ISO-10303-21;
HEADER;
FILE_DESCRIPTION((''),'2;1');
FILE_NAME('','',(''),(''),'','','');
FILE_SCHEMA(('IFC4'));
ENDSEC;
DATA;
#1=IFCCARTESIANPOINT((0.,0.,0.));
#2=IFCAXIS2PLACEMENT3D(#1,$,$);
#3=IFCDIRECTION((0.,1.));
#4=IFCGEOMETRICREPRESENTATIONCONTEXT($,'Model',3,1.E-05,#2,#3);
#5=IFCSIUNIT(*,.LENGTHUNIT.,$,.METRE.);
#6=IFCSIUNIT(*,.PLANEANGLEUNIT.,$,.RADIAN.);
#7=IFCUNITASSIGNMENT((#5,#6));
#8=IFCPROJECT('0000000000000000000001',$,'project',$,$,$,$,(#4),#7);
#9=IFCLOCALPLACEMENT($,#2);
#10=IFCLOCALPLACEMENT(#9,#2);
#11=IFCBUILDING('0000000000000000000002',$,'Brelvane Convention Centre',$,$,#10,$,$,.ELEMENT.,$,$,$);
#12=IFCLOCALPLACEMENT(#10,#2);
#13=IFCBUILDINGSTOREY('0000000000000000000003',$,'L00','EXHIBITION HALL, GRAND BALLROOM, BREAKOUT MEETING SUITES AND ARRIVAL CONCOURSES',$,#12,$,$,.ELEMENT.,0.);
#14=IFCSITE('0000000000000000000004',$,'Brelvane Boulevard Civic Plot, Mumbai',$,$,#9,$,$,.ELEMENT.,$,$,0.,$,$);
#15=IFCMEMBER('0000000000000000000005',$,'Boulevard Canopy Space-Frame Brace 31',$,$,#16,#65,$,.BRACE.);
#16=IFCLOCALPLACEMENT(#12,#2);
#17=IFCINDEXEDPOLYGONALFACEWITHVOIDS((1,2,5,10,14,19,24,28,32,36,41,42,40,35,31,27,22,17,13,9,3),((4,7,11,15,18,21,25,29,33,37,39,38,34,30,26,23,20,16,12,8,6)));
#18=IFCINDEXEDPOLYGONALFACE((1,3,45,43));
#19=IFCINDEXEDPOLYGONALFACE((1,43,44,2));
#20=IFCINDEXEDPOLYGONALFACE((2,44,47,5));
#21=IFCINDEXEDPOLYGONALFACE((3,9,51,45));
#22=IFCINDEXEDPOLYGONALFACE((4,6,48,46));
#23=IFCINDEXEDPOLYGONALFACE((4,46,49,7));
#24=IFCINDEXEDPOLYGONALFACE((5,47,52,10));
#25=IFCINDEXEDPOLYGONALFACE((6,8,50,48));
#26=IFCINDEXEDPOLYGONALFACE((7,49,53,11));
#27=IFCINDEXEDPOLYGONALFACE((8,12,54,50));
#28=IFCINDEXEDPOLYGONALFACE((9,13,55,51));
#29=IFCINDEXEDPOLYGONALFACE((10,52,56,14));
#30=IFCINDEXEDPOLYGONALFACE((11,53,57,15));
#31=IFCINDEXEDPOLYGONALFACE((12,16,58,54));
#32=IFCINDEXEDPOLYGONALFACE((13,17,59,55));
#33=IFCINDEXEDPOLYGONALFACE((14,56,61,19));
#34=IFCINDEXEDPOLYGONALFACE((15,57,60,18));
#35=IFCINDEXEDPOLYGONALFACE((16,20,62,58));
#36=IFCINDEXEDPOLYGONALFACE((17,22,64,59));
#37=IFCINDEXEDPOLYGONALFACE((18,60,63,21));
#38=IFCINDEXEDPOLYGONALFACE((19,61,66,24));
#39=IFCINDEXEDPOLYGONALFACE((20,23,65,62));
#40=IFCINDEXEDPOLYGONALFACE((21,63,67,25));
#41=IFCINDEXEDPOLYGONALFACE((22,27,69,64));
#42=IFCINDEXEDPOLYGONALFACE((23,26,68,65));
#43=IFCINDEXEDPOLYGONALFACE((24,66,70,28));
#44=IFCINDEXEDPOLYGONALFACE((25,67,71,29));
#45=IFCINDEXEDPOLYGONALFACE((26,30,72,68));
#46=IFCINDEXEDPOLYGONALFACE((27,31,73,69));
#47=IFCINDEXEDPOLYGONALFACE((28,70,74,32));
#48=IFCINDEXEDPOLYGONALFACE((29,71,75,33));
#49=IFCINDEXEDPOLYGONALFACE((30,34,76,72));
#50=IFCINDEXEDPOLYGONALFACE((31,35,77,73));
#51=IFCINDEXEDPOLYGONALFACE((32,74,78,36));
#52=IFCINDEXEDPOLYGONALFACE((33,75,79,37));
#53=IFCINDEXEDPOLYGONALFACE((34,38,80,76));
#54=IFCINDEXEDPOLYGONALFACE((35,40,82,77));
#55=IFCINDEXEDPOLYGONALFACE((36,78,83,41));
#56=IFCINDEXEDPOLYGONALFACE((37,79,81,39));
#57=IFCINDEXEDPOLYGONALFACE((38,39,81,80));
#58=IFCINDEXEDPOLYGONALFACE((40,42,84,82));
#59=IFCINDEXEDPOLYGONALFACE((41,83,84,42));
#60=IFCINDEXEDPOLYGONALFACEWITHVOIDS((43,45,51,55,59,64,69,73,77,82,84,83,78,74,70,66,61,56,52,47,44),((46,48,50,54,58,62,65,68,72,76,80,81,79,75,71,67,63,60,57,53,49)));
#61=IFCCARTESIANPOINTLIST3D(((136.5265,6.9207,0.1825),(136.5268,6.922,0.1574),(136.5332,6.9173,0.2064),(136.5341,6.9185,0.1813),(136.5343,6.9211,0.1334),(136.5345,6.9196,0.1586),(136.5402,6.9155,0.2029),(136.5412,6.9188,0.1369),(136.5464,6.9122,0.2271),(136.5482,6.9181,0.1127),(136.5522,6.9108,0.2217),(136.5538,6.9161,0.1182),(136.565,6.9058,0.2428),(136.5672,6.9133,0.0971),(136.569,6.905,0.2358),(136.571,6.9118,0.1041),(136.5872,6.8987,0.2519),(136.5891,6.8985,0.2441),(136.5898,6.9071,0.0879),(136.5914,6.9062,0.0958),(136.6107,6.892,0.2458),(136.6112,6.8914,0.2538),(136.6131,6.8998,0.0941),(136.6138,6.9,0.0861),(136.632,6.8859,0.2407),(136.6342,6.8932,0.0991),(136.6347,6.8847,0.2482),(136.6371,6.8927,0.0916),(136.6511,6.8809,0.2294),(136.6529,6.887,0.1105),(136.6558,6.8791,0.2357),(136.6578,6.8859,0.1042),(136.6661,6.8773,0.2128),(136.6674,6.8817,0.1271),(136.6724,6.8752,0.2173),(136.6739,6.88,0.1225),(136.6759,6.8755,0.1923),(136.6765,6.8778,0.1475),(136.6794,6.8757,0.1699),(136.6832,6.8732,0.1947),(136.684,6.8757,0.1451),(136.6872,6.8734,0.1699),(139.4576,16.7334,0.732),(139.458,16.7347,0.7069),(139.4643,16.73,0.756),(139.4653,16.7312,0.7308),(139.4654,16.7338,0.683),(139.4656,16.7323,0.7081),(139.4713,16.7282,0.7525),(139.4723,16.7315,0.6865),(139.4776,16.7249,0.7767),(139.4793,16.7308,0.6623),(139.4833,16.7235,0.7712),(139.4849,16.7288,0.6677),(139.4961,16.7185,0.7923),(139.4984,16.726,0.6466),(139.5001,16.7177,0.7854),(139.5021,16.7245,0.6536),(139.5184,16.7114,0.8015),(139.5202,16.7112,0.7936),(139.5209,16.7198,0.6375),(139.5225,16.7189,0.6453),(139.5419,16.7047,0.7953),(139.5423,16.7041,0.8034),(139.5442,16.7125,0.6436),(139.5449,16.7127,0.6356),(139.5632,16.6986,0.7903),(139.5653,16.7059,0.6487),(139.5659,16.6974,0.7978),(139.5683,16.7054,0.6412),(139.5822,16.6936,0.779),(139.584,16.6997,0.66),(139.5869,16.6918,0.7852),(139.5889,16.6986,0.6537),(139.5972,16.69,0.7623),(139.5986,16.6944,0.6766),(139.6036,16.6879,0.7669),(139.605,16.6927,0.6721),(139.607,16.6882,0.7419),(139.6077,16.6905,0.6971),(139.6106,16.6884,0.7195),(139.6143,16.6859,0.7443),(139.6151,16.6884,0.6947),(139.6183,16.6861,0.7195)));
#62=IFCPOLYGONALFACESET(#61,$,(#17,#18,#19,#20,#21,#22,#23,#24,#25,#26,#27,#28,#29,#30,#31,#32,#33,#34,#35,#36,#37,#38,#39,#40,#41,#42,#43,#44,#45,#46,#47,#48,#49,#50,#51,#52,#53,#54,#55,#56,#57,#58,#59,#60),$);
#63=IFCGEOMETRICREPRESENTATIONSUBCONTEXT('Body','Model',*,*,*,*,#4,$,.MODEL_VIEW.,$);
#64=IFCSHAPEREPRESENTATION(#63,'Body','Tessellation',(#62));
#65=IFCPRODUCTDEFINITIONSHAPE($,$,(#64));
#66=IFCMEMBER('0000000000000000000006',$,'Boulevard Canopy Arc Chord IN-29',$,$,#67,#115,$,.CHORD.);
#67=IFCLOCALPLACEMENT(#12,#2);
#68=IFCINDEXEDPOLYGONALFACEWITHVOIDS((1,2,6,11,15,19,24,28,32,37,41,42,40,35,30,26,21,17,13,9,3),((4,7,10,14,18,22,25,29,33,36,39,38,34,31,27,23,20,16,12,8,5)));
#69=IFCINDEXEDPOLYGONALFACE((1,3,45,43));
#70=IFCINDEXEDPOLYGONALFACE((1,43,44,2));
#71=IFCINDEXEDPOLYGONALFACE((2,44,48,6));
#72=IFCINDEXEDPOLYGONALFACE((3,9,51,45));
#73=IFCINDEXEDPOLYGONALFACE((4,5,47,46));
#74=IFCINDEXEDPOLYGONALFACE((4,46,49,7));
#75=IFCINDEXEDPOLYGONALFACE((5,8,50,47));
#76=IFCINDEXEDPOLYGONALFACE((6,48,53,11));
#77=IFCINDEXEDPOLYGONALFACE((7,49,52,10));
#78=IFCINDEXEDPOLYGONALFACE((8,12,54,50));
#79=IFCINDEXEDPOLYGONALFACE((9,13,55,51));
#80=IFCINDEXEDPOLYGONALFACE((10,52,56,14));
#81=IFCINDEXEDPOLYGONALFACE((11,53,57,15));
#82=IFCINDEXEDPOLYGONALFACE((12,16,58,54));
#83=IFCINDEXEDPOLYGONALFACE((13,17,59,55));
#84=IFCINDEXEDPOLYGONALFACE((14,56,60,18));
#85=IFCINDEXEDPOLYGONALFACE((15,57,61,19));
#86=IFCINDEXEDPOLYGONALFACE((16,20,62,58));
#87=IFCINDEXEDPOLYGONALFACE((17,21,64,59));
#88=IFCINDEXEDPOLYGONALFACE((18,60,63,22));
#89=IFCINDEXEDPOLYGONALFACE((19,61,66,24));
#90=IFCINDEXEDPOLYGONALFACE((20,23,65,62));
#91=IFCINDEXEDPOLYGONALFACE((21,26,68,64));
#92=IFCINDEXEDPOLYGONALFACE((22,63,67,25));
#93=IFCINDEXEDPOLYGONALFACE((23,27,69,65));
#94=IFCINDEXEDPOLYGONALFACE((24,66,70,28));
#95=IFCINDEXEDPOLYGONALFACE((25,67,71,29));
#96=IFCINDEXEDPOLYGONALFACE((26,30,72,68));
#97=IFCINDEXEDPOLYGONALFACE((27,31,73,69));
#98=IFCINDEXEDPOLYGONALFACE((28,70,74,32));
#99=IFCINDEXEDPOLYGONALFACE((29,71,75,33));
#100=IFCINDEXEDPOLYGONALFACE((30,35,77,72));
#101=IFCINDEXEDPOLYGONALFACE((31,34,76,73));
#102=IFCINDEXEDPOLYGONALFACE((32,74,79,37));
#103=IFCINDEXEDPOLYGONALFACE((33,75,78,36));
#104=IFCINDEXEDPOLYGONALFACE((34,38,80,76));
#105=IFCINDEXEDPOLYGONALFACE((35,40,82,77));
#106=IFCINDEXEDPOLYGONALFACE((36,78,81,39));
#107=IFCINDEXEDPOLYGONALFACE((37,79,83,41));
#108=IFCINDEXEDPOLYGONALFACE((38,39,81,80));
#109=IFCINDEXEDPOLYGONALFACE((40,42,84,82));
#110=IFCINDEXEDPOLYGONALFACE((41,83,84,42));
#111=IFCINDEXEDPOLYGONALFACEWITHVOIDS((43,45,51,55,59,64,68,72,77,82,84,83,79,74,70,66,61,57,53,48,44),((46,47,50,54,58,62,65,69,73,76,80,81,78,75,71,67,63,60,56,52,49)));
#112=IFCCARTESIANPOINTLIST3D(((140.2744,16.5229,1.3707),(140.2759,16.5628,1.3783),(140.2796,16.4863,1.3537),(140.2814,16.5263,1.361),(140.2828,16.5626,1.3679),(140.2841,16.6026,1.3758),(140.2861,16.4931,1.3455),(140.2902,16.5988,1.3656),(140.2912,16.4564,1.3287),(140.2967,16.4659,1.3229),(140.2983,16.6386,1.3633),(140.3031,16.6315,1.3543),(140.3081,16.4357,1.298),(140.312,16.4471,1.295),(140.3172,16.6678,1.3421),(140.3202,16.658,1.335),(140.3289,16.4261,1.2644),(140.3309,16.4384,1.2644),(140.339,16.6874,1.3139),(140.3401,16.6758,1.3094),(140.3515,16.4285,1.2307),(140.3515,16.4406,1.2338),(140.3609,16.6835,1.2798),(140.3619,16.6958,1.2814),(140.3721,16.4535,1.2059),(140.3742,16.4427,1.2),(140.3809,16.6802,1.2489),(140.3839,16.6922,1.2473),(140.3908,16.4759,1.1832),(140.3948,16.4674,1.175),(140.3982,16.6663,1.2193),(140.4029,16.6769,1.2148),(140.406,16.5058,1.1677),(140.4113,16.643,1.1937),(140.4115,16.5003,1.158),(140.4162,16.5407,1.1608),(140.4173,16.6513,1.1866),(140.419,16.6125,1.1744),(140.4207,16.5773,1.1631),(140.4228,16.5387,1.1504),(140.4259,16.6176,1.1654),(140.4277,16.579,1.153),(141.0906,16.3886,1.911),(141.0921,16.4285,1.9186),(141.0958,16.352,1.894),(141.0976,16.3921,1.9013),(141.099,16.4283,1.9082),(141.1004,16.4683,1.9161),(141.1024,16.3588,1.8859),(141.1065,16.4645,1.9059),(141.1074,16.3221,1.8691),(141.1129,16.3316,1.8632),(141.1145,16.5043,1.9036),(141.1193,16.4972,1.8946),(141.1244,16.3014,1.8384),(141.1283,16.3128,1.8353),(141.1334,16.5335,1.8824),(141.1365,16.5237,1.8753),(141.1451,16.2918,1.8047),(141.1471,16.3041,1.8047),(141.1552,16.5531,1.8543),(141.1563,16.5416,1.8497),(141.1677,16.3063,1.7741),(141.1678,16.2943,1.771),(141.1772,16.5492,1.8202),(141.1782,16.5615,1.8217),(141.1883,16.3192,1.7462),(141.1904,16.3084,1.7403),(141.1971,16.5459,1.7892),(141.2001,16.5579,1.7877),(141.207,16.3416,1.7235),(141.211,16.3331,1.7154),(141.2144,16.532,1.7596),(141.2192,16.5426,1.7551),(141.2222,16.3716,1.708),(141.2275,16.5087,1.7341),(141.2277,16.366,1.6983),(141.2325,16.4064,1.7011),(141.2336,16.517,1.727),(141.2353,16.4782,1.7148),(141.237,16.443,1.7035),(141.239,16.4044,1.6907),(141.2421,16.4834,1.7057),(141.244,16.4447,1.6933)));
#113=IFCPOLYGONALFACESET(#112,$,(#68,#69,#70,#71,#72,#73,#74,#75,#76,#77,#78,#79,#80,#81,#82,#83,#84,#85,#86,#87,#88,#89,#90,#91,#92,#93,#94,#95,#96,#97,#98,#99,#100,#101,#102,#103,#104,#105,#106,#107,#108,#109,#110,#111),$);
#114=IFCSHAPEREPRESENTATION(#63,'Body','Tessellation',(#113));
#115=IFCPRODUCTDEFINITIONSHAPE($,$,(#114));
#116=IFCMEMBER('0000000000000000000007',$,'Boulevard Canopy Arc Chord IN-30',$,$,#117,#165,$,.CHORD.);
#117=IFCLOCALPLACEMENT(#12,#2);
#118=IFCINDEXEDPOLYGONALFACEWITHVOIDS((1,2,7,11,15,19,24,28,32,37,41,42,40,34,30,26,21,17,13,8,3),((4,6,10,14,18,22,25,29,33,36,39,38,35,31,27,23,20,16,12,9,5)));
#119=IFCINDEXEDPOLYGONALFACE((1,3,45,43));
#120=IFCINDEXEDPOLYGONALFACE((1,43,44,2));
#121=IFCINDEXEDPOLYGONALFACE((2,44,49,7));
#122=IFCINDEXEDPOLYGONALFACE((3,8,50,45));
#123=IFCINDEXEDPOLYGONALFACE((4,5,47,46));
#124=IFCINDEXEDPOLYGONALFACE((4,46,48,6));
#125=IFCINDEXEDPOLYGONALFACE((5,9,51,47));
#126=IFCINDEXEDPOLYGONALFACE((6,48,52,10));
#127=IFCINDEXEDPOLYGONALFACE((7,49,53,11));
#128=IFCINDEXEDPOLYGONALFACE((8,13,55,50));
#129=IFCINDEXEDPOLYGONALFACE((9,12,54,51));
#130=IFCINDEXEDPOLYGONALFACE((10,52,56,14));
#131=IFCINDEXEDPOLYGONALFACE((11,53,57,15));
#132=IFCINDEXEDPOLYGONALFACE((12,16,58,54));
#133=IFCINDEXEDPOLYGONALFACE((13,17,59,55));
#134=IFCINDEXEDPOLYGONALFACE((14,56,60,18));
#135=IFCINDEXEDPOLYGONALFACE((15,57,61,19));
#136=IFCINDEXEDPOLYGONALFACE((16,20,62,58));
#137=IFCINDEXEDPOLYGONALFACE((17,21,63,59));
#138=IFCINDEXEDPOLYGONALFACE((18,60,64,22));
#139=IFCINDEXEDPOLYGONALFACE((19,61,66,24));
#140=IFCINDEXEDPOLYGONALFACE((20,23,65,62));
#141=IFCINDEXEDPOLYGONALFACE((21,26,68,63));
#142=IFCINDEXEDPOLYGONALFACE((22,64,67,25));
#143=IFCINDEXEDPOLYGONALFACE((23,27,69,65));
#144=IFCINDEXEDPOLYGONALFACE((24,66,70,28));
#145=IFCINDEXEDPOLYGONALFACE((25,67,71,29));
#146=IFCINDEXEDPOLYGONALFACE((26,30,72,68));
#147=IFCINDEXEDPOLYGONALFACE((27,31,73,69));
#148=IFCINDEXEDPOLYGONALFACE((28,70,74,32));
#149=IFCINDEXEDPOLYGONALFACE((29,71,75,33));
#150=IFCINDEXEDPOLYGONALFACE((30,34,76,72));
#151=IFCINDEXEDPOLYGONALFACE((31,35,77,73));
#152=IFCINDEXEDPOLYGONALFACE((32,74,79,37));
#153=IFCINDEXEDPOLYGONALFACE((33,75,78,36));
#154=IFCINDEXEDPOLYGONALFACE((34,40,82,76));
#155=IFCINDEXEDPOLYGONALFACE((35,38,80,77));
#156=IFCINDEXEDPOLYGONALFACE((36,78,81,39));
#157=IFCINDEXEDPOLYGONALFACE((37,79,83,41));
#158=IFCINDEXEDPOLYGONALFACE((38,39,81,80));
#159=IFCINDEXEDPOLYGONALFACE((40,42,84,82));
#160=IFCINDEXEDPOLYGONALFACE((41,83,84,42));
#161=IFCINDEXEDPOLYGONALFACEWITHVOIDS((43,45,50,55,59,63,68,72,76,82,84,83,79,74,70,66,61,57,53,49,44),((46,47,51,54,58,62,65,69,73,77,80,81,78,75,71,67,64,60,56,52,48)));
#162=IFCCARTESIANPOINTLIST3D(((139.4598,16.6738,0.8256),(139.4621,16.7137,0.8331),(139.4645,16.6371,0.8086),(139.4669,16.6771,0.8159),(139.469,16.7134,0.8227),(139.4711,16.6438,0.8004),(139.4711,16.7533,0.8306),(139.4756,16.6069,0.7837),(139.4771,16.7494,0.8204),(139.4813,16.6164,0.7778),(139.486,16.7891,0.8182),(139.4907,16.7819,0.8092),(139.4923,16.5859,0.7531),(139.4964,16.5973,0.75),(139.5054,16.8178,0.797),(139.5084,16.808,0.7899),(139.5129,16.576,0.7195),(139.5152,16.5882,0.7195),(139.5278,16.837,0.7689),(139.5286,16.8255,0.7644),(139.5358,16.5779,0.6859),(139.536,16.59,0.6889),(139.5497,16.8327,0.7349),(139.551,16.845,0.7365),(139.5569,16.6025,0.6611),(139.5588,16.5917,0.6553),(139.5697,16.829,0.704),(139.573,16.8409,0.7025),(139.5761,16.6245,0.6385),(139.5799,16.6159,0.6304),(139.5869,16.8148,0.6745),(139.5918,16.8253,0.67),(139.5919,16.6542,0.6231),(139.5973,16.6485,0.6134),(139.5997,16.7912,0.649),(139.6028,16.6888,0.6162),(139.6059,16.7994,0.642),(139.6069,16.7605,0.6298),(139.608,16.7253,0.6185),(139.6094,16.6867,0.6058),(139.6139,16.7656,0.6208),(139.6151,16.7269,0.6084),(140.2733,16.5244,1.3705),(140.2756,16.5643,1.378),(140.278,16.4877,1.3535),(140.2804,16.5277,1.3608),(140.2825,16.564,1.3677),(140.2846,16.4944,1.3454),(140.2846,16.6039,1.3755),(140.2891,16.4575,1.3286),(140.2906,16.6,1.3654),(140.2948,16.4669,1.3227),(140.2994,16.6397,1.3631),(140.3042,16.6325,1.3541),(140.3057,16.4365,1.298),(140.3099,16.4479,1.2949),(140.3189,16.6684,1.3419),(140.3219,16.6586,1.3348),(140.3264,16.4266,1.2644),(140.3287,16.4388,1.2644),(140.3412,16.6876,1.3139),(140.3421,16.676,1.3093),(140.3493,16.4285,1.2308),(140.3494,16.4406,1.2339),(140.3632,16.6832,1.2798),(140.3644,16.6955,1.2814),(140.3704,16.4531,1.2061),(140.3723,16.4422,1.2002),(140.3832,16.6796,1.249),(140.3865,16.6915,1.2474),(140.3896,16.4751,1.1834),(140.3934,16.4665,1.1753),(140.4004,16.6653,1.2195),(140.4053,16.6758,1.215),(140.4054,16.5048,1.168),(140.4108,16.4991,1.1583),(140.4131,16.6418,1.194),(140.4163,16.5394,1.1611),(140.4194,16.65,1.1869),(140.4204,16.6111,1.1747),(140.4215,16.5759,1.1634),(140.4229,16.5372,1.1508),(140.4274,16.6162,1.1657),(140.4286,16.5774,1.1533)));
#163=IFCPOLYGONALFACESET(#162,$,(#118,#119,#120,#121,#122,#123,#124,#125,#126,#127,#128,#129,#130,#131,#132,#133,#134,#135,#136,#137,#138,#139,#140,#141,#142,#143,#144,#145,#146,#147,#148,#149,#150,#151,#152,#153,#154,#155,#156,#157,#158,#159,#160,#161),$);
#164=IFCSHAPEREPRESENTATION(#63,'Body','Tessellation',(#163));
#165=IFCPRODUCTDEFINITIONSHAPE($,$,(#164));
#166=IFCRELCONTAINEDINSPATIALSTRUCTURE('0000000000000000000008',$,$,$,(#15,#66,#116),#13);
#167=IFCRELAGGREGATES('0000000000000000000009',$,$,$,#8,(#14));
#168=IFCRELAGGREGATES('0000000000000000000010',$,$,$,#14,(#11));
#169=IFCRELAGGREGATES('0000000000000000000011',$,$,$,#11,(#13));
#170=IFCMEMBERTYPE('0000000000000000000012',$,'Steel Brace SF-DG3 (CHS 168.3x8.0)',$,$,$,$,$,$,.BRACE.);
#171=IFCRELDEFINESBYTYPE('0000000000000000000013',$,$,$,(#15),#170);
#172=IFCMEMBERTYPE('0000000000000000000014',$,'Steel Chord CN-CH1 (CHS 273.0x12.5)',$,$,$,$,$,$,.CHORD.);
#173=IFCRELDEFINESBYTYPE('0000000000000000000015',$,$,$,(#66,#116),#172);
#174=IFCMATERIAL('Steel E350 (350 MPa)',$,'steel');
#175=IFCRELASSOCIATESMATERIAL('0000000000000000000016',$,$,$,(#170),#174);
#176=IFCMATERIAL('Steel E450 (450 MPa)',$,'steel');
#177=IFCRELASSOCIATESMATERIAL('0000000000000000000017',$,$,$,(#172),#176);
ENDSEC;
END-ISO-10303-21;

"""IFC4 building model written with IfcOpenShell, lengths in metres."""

from ifc_helpers import new_model, si_unit, direction, frame, origin, origin_2d, place, context, subcontext, project, spatial, hollow_circle, extrude, material, material_profile, profile_set, type_object, element, save


model = new_model("IFC4")

# Units and contexts
model_context = context("Model", 3, precision=1e-05, world=origin(), true_north=direction((0.0, 1.0)))
body_context = subcontext(model_context, "Body", "Model", "MODEL_VIEW")
ifc_project = project(units=[si_unit("LENGTHUNIT", "METRE"), si_unit("PLANEANGLEUNIT", "RADIAN")], contexts=[model_context])

# Site, building, storey
site_placement = place(None, origin())
site = spatial("IfcSite", under=ifc_project, at=site_placement, Name="Brelvane Boulevard Civic Plot, Mumbai", CompositionType="ELEMENT", RefElevation=0.0)
building_placement = place(site_placement, origin())
building = spatial("IfcBuilding", under=site, at=building_placement, Name="Brelvane Convention Centre", CompositionType="ELEMENT")
storey_placement = place(building_placement, origin())
storey = spatial("IfcBuildingStorey", under=building, at=storey_placement, Name="L00", Description="EXHIBITION HALL, GRAND BALLROOM, BREAKOUT MEETING SUITES AND ARRIVAL CONCOURSES", CompositionType="ELEMENT", Elevation=0.0)

# Members
ifc_material_1 = material(Name="Steel E350 (350 MPa)", Category="steel")
ifc_material_profile_1 = material_profile(ifc_material_1, hollow_circle(Radius=0.0842, WallThickness=0.0081, at=origin_2d()), Name="CHS 168.3x8.0")
ifc_profile_set_1 = profile_set([ifc_material_profile_1], Name="Steel E350 (350 MPa)")
member_type_1 = type_object("IfcMemberType", Name="Steel Brace SF-DG3 (CHS 168.3x8.0)", PredefinedType="BRACE", material=ifc_profile_set_1)
member_1_placement = place(storey_placement, frame((139.5376, 16.7102, 0.7195), z_axis=(-0.285801, -0.95679, -0.053585), x_axis=(0.958166, -0.286213, 0.0)))
element("IfcMember", 1, at=member_1_placement, inside=storey, type_object=member_type_1, Name="Boulevard Canopy Space-Frame Brace 31", PredefinedType="BRACE", context=body_context, shape_type="SweptSolid", body=[
    extrude(hollow_circle(Radius=0.0842, WallThickness=0.0081, at=origin_2d()), origin(), (0.0, 0.0, 1.0), 10.2559),
])
ifc_material_2 = material(Name="Steel E450 (450 MPa)", Category="steel")
ifc_material_profile_2 = material_profile(ifc_material_2, hollow_circle(Radius=0.1365, WallThickness=0.0125, at=origin_2d()), Name="CHS 273.0x12.5")
ifc_profile_set_2 = profile_set([ifc_material_profile_2], Name="Steel E450 (450 MPa)")
member_type_2 = type_object("IfcMemberType", Name="Steel Chord CN-CH1 (CHS 273.0x12.5)", PredefinedType="CHORD", material=ifc_profile_set_2)
member_2_placement = place(storey_placement, frame((141.1672, 16.4265, 1.8047), z_axis=(-0.826112, 0.135914, -0.54687), x_axis=(-0.16234, -0.986735, 0.0)))
element("IfcMember", 2, at=member_2_placement, inside=storey, type_object=member_type_2, Name="Boulevard Canopy Arc Chord IN-29", PredefinedType="CHORD", context=body_context, shape_type="SweptSolid", body=[
    extrude(hollow_circle(Radius=0.1365, WallThickness=0.0125, at=origin_2d()), origin(), (0.0, 0.0, 1.0), 0.988),
])
member_3_placement = place(storey_placement, frame((140.3511, 16.5608, 1.2644), z_axis=(-0.821313, 0.150853, -0.550171), x_axis=(-0.180652, -0.983547, 0.0)))
element("IfcMember", 3, at=member_3_placement, inside=storey, type_object=member_type_2, Name="Boulevard Canopy Arc Chord IN-30", PredefinedType="CHORD", context=body_context, shape_type="SweptSolid", body=[
    extrude(hollow_circle(Radius=0.1365, WallThickness=0.0125, at=origin_2d()), origin(), (0.0, 0.0, 1.0), 0.9905),
])

save(model, "model.ifc")
